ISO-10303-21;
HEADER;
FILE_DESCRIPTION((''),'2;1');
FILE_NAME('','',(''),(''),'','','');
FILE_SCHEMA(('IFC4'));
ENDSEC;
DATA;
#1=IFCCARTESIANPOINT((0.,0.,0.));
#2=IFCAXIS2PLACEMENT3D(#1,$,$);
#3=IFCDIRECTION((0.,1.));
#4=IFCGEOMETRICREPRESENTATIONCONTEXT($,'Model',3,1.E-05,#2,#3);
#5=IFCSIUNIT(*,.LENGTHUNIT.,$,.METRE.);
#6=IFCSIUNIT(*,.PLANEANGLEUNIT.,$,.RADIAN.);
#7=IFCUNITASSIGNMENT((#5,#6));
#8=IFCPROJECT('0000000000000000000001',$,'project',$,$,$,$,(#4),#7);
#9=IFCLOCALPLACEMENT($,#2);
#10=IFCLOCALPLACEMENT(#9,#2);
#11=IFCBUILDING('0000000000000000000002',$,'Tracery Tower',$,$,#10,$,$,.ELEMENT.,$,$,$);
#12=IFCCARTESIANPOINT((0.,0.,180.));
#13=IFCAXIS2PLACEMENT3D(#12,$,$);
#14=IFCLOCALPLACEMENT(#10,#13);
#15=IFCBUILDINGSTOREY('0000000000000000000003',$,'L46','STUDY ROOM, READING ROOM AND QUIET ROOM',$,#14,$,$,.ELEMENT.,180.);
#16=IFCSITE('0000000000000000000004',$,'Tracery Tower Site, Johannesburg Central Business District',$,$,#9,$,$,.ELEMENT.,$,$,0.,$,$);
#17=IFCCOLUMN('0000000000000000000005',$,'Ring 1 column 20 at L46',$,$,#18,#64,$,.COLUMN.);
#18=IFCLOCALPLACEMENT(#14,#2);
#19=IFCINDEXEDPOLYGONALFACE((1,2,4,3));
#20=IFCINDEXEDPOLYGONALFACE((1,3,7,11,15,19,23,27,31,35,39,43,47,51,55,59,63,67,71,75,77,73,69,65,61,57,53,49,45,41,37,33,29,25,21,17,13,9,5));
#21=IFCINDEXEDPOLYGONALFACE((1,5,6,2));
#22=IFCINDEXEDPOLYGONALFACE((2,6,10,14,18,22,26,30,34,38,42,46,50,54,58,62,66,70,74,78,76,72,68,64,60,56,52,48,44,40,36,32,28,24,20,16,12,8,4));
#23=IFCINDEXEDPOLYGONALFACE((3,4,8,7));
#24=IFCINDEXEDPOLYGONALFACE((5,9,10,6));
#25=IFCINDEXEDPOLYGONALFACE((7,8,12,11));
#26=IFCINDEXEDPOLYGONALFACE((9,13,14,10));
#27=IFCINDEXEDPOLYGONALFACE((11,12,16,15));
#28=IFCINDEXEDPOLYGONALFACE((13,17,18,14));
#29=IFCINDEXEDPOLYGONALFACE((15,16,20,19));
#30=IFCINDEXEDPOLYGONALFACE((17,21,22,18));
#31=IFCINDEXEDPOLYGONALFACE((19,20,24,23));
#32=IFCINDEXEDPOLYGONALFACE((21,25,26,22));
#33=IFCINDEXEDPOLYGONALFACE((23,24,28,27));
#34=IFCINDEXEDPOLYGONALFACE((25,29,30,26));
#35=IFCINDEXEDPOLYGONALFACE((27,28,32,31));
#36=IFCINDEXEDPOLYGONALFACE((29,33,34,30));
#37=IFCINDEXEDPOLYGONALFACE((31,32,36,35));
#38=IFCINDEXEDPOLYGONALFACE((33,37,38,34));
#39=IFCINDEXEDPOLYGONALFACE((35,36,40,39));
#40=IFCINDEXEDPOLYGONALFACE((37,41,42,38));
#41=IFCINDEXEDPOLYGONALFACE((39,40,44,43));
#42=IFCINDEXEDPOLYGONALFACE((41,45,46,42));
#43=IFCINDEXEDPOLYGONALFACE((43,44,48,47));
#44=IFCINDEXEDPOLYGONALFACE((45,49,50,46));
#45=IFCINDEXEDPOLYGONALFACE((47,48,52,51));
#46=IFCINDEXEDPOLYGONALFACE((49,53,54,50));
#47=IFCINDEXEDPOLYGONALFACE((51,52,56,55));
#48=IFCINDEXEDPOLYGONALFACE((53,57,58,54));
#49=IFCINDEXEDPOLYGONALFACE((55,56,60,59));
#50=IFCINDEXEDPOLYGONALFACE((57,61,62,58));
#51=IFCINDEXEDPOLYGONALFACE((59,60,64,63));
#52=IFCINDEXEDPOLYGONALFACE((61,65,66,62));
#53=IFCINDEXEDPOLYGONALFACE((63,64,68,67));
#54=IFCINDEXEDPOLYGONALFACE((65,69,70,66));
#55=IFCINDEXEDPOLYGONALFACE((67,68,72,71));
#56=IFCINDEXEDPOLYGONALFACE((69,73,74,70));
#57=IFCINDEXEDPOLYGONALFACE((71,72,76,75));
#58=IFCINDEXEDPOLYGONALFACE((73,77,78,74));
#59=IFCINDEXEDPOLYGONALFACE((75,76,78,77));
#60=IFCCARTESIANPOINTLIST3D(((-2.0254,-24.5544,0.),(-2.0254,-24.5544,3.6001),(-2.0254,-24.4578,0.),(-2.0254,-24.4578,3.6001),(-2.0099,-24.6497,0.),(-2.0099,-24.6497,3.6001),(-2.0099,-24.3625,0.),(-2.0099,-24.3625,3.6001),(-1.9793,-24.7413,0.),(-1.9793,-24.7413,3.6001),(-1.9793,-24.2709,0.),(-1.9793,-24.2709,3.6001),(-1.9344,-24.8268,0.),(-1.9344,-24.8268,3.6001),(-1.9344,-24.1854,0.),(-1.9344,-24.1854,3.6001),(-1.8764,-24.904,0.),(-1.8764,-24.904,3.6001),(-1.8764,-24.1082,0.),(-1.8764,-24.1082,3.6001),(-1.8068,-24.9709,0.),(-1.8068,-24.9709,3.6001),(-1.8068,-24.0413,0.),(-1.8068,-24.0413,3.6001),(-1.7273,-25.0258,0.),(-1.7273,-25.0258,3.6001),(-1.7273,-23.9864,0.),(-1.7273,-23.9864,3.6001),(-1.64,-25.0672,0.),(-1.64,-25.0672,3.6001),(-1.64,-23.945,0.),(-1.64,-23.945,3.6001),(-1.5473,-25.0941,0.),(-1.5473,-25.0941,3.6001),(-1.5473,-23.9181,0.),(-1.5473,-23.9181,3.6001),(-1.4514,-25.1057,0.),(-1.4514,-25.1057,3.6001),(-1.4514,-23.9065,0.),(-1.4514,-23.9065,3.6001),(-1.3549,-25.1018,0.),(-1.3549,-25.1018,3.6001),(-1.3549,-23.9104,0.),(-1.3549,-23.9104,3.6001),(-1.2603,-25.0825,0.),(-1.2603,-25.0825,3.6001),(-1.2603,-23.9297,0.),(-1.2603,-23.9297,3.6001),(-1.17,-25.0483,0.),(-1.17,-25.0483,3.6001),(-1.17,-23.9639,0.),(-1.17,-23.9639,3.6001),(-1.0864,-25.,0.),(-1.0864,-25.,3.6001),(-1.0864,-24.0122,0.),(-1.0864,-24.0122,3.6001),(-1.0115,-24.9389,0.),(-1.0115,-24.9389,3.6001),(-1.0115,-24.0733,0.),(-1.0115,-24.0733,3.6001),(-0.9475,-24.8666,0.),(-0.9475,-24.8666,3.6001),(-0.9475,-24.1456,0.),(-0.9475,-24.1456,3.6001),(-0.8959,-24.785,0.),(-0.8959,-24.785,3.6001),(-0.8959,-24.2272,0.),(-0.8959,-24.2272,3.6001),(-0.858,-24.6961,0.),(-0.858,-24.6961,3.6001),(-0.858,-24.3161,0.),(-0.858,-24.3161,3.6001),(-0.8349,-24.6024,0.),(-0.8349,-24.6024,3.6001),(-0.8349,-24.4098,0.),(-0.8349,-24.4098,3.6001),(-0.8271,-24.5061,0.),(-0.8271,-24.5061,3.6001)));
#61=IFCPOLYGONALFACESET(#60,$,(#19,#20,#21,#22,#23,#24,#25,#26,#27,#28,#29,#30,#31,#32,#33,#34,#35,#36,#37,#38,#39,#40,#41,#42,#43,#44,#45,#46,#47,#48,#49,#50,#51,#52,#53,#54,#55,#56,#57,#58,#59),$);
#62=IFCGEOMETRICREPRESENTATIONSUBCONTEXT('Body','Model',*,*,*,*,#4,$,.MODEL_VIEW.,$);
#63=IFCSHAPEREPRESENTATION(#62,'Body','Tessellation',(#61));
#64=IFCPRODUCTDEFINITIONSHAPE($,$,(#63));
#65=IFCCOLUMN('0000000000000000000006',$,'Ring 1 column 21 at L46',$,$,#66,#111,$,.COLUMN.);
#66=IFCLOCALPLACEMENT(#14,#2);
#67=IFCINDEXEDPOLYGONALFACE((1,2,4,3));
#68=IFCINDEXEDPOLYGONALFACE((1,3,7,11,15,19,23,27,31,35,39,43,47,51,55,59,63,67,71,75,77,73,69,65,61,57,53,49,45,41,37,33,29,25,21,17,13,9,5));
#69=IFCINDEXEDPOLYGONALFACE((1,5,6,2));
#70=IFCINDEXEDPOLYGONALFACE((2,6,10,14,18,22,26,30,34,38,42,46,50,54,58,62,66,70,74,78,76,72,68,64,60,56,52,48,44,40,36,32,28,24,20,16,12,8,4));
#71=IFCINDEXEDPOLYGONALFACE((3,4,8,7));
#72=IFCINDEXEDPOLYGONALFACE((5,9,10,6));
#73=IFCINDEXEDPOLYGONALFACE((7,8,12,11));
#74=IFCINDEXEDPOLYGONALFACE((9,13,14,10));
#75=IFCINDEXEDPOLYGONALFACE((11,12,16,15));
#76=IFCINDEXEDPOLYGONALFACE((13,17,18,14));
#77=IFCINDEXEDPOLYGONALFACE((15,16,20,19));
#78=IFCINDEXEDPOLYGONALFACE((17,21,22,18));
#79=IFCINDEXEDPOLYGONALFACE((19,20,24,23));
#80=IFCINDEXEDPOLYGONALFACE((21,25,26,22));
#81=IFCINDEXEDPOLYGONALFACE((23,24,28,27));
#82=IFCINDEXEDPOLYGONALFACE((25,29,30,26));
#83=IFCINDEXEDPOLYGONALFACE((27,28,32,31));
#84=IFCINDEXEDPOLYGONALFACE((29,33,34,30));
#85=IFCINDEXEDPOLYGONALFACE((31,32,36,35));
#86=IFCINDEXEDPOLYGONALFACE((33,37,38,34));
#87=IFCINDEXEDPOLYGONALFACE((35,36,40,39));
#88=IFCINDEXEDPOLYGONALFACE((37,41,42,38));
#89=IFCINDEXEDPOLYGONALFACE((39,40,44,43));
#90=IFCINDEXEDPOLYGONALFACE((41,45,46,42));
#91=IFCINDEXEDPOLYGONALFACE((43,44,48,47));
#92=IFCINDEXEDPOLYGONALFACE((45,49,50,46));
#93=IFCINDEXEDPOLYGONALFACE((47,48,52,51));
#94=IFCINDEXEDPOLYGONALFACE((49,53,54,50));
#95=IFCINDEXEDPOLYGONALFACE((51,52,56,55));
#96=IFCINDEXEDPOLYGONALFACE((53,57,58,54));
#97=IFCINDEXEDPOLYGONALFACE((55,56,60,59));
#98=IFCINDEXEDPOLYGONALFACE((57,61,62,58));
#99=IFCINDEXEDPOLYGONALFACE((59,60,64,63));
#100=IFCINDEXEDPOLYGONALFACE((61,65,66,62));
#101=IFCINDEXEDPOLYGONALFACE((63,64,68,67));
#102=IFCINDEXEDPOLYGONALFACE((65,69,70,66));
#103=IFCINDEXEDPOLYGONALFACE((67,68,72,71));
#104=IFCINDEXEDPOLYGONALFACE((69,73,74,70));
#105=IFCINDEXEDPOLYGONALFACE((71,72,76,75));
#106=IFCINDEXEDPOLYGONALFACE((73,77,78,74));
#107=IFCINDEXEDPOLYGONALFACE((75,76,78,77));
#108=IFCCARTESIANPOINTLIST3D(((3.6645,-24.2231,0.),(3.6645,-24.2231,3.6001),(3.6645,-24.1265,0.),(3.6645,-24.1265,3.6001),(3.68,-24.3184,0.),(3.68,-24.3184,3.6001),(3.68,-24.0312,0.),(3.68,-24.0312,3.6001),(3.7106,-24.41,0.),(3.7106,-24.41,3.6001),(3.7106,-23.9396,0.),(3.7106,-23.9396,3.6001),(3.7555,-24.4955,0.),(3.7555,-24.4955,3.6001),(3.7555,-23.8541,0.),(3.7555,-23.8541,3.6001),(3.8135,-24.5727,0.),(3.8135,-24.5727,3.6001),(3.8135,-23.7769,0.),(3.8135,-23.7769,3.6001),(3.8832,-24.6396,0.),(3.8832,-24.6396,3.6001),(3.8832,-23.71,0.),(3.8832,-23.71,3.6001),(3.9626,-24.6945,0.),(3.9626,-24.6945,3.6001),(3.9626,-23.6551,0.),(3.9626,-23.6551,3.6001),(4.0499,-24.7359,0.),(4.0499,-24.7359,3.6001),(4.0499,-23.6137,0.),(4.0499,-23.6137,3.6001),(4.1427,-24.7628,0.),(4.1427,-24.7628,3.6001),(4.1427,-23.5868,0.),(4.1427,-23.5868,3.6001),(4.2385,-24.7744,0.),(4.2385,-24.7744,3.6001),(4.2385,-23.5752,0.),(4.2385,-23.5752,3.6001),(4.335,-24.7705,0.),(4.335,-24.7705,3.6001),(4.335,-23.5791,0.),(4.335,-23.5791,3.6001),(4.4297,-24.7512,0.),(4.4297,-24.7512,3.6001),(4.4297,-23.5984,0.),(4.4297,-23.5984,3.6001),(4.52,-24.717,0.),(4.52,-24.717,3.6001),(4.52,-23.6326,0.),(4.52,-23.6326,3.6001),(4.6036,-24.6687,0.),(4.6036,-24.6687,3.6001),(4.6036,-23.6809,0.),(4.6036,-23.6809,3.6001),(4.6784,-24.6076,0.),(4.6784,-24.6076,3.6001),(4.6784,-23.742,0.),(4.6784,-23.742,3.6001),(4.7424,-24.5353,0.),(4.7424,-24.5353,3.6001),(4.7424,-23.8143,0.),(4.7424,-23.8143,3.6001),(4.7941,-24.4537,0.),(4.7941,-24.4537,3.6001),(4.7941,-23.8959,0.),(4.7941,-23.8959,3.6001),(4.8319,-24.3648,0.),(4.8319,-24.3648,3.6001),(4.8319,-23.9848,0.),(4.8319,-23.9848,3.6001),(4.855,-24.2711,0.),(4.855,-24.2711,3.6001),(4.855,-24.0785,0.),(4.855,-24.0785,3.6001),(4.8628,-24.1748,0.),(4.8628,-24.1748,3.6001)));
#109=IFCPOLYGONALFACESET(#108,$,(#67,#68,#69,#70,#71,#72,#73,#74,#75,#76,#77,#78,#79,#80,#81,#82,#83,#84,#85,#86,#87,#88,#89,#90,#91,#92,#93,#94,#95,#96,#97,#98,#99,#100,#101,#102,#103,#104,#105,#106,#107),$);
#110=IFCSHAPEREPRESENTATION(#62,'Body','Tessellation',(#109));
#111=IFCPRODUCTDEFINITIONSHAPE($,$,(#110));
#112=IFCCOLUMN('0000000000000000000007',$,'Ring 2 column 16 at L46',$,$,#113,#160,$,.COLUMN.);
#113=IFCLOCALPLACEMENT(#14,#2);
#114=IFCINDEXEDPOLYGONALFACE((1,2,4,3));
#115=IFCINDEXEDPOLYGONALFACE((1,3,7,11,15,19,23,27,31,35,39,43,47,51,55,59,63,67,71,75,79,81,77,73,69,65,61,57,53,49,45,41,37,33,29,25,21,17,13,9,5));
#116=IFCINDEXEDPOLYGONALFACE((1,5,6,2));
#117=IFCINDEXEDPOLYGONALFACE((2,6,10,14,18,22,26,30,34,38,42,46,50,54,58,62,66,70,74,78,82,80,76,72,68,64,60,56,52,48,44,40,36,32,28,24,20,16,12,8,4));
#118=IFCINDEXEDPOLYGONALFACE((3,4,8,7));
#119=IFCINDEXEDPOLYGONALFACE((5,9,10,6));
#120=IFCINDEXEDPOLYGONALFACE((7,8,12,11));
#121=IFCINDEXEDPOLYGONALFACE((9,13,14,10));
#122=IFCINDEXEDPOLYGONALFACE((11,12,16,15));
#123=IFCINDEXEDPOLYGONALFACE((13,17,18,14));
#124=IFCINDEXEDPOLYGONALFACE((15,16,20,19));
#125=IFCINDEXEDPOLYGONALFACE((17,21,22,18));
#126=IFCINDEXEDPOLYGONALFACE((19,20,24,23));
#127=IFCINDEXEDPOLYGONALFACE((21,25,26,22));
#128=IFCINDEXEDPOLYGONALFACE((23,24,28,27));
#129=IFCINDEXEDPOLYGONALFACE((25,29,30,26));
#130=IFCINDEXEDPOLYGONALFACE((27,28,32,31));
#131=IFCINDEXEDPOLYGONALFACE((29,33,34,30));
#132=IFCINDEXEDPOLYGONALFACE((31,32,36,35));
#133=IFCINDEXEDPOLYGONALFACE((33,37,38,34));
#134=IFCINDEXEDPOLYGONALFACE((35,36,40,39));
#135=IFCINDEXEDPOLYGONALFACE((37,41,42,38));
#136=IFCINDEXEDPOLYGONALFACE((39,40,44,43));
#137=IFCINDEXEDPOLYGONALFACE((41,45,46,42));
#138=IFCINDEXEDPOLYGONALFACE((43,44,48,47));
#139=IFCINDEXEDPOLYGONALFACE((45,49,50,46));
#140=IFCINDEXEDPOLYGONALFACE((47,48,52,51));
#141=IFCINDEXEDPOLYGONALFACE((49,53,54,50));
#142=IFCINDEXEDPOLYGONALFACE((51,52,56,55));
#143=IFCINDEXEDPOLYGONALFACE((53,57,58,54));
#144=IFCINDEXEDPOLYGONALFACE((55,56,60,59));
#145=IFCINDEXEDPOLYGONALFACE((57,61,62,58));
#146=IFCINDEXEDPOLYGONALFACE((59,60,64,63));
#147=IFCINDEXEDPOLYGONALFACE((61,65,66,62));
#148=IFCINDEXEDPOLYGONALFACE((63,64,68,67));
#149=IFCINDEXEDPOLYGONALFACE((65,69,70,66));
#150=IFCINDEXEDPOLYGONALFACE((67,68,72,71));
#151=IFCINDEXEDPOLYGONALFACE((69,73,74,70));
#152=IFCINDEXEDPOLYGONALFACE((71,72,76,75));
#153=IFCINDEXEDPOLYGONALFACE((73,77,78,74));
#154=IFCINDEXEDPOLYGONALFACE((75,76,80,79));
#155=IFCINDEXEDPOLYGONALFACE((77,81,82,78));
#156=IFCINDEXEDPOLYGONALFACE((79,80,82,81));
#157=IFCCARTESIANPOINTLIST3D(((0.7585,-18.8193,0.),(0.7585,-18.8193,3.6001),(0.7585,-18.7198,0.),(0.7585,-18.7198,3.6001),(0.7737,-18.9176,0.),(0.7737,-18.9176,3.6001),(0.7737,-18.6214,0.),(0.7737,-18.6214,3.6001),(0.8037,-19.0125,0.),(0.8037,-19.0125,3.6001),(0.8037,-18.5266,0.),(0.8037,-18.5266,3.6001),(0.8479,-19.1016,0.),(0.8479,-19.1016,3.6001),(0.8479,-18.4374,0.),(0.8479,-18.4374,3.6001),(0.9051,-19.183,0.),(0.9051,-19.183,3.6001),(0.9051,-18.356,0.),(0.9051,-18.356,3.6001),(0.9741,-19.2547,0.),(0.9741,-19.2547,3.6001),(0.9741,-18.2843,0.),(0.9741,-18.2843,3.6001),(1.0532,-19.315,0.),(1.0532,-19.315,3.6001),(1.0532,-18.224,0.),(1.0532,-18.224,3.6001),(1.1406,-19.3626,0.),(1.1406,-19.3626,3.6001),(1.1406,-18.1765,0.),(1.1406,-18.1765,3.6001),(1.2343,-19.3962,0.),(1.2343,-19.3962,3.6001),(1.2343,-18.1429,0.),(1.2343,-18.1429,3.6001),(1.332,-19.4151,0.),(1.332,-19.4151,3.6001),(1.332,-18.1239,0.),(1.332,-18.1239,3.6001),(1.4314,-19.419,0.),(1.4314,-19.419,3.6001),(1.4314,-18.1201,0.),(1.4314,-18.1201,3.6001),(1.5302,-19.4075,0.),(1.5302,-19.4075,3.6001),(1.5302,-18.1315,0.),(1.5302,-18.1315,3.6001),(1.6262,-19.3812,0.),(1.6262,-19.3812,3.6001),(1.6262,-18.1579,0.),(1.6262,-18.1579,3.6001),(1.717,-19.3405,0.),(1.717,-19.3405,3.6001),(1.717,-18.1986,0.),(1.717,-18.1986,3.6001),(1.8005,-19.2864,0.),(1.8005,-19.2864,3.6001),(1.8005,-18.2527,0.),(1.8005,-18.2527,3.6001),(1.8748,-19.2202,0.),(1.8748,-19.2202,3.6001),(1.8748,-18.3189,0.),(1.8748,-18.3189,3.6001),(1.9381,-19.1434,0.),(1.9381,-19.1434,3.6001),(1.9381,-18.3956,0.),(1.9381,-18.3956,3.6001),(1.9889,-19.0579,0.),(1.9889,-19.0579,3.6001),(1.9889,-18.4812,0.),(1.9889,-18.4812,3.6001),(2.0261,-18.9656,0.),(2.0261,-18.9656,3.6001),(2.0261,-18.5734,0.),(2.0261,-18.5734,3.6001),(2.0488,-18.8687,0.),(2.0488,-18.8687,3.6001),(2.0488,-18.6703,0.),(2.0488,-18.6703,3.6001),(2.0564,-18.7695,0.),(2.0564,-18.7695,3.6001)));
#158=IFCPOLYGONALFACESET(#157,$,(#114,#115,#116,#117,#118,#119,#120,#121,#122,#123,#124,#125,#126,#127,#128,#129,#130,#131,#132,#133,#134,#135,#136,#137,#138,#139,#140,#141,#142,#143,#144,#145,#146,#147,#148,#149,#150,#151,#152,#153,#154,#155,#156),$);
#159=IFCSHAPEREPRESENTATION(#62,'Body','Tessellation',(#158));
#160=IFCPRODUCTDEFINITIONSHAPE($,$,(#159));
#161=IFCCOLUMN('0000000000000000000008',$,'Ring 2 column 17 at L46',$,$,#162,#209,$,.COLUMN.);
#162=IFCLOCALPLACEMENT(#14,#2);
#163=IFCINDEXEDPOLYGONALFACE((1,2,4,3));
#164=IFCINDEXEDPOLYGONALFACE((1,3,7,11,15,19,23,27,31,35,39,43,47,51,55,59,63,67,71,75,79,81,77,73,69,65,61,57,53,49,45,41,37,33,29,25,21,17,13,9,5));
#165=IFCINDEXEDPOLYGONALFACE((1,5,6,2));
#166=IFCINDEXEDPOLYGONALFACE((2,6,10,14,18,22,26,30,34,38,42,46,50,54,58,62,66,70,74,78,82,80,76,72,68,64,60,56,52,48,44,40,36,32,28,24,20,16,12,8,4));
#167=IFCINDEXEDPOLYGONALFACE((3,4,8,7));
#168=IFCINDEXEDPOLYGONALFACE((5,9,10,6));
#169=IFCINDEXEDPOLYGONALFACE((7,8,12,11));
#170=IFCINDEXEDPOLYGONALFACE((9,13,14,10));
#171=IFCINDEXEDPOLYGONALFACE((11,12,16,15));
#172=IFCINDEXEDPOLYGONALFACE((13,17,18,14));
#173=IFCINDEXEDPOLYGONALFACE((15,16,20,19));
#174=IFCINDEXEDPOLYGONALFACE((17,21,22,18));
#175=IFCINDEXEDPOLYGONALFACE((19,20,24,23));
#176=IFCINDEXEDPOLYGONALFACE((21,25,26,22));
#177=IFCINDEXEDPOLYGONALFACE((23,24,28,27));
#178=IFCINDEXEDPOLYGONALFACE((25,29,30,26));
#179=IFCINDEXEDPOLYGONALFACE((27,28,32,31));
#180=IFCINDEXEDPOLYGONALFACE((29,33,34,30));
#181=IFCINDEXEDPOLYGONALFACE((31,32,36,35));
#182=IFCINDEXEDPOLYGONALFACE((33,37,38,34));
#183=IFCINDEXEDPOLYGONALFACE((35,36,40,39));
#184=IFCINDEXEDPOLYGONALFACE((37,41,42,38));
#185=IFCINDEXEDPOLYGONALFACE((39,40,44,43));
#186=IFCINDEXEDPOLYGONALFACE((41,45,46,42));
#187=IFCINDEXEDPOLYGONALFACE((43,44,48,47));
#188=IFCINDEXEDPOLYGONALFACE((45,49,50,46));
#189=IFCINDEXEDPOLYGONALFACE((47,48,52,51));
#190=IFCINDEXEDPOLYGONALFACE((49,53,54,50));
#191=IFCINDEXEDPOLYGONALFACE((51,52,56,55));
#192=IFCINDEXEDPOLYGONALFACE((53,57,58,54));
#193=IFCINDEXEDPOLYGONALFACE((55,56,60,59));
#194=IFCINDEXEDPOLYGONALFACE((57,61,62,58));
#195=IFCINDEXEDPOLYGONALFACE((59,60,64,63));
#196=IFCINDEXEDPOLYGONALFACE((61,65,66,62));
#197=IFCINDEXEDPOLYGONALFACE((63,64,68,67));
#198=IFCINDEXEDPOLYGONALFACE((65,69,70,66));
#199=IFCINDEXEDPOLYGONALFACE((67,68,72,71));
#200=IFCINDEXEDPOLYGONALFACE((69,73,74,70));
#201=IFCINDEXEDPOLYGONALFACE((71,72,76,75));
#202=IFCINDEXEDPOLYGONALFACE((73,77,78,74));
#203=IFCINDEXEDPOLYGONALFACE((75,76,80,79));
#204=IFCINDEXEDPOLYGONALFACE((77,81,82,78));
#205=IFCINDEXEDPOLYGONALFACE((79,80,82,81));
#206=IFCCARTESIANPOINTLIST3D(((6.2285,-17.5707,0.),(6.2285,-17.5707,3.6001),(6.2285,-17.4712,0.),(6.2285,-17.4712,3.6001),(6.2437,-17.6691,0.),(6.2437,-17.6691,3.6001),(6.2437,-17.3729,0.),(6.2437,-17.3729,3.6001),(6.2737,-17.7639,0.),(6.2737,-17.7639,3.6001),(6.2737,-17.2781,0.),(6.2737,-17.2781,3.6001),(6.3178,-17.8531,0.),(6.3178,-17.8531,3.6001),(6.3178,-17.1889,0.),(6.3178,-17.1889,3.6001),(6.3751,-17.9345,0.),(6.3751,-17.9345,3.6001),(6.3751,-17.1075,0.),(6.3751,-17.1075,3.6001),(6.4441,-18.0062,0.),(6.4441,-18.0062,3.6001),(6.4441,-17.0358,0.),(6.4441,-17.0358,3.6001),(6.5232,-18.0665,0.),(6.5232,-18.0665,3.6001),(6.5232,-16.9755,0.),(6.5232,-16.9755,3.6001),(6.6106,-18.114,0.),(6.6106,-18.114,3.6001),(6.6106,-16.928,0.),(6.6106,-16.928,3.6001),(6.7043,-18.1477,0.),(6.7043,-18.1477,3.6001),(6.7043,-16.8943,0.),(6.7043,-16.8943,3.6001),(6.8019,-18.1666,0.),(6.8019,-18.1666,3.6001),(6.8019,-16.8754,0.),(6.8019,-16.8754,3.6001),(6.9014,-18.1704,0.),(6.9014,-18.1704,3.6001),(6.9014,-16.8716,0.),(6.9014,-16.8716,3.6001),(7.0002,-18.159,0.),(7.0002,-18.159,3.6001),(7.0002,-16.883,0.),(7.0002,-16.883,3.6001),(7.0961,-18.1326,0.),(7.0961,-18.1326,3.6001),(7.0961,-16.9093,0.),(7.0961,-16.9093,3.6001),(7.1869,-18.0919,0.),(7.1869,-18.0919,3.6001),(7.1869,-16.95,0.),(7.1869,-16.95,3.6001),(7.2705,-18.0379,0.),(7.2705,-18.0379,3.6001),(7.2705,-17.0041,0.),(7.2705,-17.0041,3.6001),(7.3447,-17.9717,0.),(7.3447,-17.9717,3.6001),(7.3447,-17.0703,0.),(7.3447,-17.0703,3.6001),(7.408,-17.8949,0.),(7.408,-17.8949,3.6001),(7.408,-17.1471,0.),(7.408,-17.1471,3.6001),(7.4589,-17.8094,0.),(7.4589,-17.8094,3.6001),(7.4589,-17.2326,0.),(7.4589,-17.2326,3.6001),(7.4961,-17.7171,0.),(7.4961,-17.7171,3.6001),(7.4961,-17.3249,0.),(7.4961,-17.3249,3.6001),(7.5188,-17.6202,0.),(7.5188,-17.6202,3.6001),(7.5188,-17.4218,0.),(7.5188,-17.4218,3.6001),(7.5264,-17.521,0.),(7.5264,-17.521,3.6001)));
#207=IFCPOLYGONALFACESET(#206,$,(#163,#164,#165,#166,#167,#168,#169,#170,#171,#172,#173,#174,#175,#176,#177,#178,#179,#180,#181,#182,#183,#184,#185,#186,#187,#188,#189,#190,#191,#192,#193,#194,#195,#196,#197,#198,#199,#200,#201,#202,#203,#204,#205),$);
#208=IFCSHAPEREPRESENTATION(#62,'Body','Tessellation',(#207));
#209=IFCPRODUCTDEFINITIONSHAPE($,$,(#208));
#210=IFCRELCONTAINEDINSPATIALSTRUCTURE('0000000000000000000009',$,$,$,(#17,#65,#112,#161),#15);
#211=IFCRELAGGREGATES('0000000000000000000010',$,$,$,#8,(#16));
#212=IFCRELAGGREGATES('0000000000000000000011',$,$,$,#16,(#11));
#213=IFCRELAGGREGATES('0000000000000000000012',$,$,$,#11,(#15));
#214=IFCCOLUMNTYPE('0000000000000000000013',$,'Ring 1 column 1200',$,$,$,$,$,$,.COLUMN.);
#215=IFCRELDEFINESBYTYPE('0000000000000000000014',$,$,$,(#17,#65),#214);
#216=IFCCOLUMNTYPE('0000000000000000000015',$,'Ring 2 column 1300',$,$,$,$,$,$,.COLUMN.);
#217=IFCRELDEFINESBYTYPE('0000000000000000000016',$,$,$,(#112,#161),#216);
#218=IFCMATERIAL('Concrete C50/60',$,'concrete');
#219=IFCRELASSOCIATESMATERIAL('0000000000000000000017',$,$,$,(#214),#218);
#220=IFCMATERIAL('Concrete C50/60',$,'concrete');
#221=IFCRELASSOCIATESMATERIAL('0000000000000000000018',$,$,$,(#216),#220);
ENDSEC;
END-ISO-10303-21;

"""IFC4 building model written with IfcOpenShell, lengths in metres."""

from ifc_helpers import new_model, si_unit, direction, frame, origin, origin_2d, place, context, subcontext, project, spatial, circle, extrude, material, material_profile, profile_set, type_object, element, save


model = new_model("IFC4")

# Units and contexts
model_context = context("Model", 3, precision=1e-05, world=origin(), true_north=direction((0.0, 1.0)))
body_context = subcontext(model_context, "Body", "Model", "MODEL_VIEW")
ifc_project = project(units=[si_unit("LENGTHUNIT", "METRE"), si_unit("PLANEANGLEUNIT", "RADIAN")], contexts=[model_context])

# Site, building, storey
site_placement = place(None, origin())
site = spatial("IfcSite", under=ifc_project, at=site_placement, Name="Tracery Tower Site, Johannesburg Central Business District", CompositionType="ELEMENT", RefElevation=0.0)
building_placement = place(site_placement, origin())
building = spatial("IfcBuilding", under=site, at=building_placement, Name="Tracery Tower", CompositionType="ELEMENT")
storey_placement = place(building_placement, frame((0.0, 0.0, 180.0)))
storey = spatial("IfcBuildingStorey", under=building, at=storey_placement, Name="L46", Description="STUDY ROOM, READING ROOM AND QUIET ROOM", CompositionType="ELEMENT", Elevation=180.0)

# Columns
ifc_material_1 = material(Name="Concrete C50/60", Category="concrete")
ifc_material_profile_1 = material_profile(ifc_material_1, circle(Radius=0.6001, at=origin_2d()), Name="RC D1200")
ifc_profile_set_1 = profile_set([ifc_material_profile_1], Name="Concrete C50/60")
column_type_1 = type_object("IfcColumnType", Name="Ring 1 column 1200", PredefinedType="COLUMN", material=ifc_profile_set_1)
for number, where, z_axis, x_axis, name in (
    (1, (-1.4272, -24.5061, 0.0), (0.0, 0.0, 1.0), (1.0, 0.0, 0.0), "Ring 1 column 20 at L46"),
    (2, (4.2627, -24.1748, 0.0), (0.0, 0.0, 1.0), (1.0, 0.0, 0.0), "Ring 1 column 21 at L46"),
):
    element("IfcColumn", number, at=place(storey_placement, frame(where, z_axis=z_axis, x_axis=x_axis)), inside=storey, type_object=column_type_1, Name=name, PredefinedType="COLUMN", context=body_context, shape_type="SweptSolid", body=[
        extrude(circle(Radius=0.6001, at=origin_2d()), origin(), (0.0, 0.0, 1.0), 3.6001),
    ])
ifc_material_2 = material(Name="Concrete C50/60", Category="concrete")
ifc_material_profile_2 = material_profile(ifc_material_2, circle(Radius=0.6499, at=origin_2d()), Name="RC D1300")
ifc_profile_set_2 = profile_set([ifc_material_profile_2], Name="Concrete C50/60")
column_type_2 = type_object("IfcColumnType", Name="Ring 2 column 1300", PredefinedType="COLUMN", material=ifc_profile_set_2)
for number, where, z_axis, x_axis, name in (
    (3, (1.4065, -18.7695, 0.0), (0.0, 0.0, 1.0), (1.0, 0.0, 0.0), "Ring 2 column 16 at L46"),
    (4, (6.8765, -17.521, 0.0), (0.0, 0.0, 1.0), (1.0, 0.0, 0.0), "Ring 2 column 17 at L46"),
):
    element("IfcColumn", number, at=place(storey_placement, frame(where, z_axis=z_axis, x_axis=x_axis)), inside=storey, type_object=column_type_2, Name=name, PredefinedType="COLUMN", context=body_context, shape_type="SweptSolid", body=[
        extrude(circle(Radius=0.6499, at=origin_2d()), origin(), (0.0, 0.0, 1.0), 3.6001),
    ])

save(model, "model.ifc")
